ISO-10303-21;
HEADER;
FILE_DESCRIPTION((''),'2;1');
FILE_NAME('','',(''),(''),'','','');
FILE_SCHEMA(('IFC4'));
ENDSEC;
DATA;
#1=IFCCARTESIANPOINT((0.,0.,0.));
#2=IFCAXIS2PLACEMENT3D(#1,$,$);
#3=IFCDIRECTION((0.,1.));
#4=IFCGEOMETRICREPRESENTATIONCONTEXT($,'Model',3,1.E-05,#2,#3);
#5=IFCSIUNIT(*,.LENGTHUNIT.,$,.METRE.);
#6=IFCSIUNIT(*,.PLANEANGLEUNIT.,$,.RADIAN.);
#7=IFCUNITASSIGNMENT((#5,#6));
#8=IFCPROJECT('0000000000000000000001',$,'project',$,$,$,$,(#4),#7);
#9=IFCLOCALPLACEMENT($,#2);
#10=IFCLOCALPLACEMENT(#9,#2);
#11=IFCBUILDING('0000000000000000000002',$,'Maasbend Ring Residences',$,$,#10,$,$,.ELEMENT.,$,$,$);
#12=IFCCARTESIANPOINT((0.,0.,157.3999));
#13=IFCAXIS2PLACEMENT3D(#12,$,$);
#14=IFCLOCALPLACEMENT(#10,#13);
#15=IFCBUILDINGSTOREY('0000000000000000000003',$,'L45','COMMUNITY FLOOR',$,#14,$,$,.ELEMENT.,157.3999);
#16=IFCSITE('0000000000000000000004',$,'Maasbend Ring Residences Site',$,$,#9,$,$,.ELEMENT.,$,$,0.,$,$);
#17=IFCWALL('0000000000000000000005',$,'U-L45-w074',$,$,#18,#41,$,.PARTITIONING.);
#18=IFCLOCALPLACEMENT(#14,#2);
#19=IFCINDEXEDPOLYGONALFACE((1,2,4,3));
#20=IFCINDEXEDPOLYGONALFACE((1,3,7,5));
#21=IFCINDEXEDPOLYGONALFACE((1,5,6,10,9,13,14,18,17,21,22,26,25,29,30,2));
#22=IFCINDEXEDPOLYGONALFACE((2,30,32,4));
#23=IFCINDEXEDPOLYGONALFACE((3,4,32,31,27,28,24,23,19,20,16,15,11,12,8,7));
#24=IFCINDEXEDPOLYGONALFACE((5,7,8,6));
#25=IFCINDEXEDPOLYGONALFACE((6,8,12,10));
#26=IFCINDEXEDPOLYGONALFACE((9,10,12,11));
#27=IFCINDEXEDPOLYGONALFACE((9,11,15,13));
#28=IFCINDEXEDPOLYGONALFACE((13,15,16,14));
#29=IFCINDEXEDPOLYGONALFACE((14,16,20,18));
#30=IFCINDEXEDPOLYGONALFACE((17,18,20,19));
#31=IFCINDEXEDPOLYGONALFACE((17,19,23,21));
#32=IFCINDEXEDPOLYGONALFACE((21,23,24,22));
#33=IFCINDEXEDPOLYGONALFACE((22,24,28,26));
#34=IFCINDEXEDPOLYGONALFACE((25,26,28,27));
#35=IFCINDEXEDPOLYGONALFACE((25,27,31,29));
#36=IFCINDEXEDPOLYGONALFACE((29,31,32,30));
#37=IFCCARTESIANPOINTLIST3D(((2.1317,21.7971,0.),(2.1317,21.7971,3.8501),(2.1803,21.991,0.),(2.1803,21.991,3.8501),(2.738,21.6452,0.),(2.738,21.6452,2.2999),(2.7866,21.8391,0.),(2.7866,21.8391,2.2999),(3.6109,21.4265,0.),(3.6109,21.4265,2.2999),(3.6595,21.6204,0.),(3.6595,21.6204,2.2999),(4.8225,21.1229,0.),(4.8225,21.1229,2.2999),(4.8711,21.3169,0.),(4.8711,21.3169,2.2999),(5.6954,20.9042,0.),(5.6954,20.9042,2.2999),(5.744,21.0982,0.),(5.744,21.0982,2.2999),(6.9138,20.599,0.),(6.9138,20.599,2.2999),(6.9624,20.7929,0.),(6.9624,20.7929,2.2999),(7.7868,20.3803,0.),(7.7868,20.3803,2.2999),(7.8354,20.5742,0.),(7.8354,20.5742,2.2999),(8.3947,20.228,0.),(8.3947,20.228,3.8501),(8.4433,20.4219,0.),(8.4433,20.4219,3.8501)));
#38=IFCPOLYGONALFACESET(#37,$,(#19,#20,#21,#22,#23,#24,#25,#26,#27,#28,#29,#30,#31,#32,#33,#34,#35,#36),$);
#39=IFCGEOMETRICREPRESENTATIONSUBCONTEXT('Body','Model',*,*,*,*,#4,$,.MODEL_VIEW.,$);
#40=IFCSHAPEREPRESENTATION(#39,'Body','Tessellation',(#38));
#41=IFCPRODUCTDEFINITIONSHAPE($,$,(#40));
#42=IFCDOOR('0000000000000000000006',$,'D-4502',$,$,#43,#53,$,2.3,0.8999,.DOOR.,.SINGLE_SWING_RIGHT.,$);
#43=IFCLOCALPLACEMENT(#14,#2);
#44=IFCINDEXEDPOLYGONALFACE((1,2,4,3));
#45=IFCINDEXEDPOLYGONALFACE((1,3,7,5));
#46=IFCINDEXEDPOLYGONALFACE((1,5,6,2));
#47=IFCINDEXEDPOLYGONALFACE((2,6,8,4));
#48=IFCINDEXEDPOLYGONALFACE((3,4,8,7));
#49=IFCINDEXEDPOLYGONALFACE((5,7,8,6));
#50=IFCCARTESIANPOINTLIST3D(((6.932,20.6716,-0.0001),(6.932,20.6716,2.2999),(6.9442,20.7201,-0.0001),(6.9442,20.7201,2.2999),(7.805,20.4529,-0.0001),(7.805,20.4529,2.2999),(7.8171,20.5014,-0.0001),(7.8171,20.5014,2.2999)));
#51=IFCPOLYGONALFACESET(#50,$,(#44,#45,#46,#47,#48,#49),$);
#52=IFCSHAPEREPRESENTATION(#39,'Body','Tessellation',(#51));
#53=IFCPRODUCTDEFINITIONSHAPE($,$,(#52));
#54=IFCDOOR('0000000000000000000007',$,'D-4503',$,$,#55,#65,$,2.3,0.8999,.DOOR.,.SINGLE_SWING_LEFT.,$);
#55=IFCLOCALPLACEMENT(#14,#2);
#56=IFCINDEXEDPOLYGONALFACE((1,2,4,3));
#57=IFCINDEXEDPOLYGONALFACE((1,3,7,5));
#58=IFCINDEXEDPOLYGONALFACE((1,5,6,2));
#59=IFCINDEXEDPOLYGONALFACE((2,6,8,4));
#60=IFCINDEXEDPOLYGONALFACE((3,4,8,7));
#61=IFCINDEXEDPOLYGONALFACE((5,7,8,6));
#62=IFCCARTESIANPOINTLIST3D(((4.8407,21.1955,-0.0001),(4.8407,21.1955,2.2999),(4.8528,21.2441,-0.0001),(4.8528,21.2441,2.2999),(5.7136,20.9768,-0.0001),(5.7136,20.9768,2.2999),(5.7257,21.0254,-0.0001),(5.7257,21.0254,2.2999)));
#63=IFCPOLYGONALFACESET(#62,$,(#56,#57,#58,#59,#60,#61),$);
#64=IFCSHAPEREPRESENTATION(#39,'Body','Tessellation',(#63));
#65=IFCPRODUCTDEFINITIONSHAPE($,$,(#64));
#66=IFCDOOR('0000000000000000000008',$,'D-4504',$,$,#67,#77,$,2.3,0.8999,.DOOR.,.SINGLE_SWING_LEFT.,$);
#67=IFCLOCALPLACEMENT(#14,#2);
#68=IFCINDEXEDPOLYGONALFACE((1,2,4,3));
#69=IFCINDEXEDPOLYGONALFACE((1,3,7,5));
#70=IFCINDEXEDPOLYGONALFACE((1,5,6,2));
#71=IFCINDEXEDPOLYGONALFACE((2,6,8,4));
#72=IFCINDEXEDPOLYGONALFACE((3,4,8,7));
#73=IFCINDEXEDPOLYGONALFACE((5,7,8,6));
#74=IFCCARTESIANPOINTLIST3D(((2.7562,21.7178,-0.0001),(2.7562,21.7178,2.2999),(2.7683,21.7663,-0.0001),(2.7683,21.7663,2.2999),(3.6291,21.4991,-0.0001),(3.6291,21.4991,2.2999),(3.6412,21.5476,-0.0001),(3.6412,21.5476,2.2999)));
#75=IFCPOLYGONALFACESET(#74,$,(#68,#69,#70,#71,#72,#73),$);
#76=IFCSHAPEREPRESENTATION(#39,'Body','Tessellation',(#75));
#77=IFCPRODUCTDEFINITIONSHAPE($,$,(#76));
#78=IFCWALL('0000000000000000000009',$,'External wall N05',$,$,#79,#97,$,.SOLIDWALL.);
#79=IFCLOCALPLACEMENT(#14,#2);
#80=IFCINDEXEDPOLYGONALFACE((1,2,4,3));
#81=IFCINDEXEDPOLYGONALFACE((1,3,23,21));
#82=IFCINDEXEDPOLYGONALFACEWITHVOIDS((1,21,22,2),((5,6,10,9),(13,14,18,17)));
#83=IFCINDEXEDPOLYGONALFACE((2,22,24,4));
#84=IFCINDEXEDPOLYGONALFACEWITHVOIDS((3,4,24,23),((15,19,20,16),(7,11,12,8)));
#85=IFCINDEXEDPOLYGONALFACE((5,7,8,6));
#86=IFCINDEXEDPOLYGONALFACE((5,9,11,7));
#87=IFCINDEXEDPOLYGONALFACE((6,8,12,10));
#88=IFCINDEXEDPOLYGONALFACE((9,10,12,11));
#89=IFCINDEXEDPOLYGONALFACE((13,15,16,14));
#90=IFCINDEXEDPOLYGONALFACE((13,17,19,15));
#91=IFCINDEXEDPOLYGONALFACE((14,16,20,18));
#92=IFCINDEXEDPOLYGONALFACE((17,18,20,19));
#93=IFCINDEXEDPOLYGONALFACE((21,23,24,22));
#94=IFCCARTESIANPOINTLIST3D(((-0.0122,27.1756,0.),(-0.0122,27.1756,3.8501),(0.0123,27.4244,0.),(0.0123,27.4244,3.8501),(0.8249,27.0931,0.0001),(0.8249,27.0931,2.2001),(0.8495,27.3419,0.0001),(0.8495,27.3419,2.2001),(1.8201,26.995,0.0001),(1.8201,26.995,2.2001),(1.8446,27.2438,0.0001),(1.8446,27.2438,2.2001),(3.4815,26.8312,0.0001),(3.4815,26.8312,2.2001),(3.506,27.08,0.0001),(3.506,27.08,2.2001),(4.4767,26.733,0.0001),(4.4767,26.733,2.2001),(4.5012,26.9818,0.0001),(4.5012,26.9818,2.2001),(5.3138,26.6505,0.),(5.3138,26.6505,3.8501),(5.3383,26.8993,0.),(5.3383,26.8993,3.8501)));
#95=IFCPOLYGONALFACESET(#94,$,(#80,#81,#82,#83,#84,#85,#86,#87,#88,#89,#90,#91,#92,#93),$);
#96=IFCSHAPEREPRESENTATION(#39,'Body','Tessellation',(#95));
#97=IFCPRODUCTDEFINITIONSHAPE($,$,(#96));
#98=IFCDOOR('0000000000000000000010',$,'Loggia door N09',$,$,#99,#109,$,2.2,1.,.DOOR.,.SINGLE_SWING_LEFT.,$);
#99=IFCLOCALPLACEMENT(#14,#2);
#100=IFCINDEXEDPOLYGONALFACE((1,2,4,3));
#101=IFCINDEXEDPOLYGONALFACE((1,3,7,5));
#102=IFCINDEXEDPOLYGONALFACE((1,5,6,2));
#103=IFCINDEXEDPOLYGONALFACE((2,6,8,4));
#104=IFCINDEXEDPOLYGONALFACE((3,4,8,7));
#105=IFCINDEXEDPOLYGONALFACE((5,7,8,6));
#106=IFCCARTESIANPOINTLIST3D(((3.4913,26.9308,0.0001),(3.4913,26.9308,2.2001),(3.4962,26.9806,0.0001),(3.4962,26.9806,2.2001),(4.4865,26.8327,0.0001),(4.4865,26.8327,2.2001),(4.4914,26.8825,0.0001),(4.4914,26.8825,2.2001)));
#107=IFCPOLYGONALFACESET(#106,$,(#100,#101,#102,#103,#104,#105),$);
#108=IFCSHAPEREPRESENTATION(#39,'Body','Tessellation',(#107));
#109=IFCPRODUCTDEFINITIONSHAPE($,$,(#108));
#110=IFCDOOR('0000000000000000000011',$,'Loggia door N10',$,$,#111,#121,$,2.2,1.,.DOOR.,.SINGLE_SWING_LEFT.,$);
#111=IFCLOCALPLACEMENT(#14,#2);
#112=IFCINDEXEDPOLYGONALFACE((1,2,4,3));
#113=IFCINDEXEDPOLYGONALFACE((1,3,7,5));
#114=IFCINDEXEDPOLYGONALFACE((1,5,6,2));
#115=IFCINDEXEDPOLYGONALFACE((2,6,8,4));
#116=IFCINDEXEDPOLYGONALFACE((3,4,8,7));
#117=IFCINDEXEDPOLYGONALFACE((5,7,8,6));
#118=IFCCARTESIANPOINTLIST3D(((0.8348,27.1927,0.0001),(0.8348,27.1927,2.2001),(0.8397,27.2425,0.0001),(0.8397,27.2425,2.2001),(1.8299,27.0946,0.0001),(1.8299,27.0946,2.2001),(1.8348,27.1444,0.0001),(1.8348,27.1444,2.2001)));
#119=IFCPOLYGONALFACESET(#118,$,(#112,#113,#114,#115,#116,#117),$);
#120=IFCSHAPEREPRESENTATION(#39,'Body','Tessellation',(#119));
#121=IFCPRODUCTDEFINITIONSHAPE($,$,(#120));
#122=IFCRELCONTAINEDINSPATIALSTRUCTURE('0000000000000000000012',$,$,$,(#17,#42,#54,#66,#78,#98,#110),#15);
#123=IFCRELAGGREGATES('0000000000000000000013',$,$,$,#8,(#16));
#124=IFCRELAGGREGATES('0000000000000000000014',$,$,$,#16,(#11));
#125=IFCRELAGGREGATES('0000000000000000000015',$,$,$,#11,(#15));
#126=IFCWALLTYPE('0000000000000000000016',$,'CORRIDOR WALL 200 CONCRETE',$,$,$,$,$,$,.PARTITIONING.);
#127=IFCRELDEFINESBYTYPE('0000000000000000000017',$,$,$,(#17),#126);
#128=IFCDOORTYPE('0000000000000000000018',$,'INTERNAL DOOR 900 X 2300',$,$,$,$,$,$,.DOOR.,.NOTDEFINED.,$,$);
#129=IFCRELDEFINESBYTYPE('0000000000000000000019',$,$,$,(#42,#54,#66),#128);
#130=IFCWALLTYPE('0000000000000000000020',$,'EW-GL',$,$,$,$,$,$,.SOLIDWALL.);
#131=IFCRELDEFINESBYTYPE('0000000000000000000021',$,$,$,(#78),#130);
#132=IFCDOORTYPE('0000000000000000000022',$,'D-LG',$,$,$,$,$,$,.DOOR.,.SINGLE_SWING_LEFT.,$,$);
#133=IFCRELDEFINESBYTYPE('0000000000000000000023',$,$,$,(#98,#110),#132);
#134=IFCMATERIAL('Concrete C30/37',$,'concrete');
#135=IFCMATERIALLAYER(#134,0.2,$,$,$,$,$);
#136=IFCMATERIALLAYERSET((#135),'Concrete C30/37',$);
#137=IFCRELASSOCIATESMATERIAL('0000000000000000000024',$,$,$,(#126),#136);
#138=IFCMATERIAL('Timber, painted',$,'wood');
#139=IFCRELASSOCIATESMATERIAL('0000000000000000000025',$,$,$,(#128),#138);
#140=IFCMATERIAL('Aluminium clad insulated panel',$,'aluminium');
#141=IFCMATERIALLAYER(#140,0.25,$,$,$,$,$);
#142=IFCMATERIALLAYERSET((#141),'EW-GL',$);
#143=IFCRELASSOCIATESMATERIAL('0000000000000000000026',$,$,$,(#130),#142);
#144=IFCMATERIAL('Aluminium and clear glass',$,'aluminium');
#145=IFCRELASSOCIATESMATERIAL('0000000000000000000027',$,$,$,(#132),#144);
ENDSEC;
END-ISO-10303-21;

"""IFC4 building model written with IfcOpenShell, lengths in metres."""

from ifc_helpers import new_model, si_unit, direction, frame, frame_2d, origin, place, context, subcontext, project, spatial, rectangle, extrude, material, layer, layer_set, type_object, element, fill, save


model = new_model("IFC4")

# Units and contexts
model_context = context("Model", 3, precision=1e-05, world=origin(), true_north=direction((0.0, 1.0)))
body_context = subcontext(model_context, "Body", "Model", "MODEL_VIEW")
ifc_project = project(units=[si_unit("LENGTHUNIT", "METRE"), si_unit("PLANEANGLEUNIT", "RADIAN")], contexts=[model_context])

# Site, building, storey
site_placement = place(None, origin())
site = spatial("IfcSite", under=ifc_project, at=site_placement, Name="Maasbend Ring Residences Site", CompositionType="ELEMENT", RefElevation=0.0)
building_placement = place(site_placement, origin())
building = spatial("IfcBuilding", under=site, at=building_placement, Name="Maasbend Ring Residences", CompositionType="ELEMENT")
storey_placement = place(building_placement, frame((0.0, 0.0, 157.3999)))
storey = spatial("IfcBuildingStorey", under=building, at=storey_placement, Name="L45", Description="COMMUNITY FLOOR", CompositionType="ELEMENT", Elevation=157.3999)

# Shared definitions
ifc_material_1 = material(Name="Concrete C30/37", Category="concrete")
ifc_layer_1 = layer(ifc_material_1, 0.2)
ifc_layer_set_1 = layer_set([ifc_layer_1], Name="Concrete C30/37")
wall_type_1 = type_object("IfcWallType", Name="CORRIDOR WALL 200 CONCRETE", PredefinedType="PARTITIONING", material=ifc_layer_set_1)

# Walls, openings, doors
wall_1_placement = place(storey_placement, frame((2.156, 21.894, 0.0), z_axis=(0.0, 0.0, 1.0), x_axis=(0.97002, -0.243025, 0.0)))
wall_1 = element("IfcWall", 1, at=wall_1_placement, inside=storey, type_object=wall_type_1, Name="U-L45-w074", PredefinedType="PARTITIONING", context=body_context, shape_type="SweptSolid", body=[
    extrude(rectangle(XDim=6.4565, YDim=0.2, at=frame_2d((3.2283, 0.0))), origin(), (0.0, 0.0, 1.0), 3.8501),
])
opening_1_placement = place(wall_1_placement, frame((4.9299, 0.0, 0.0)))
opening_1 = element("IfcOpeningElement", 2, at=opening_1_placement, cuts=wall_1, PredefinedType="OPENING", context=body_context, shape_type="SweptSolid", body=[
    extrude(rectangle(XDim=0.8999, YDim=2.3, at=frame_2d((0.45, 1.1499))), frame((0.0, 0.1099, 0.0), z_axis=(0.0, -1.0, 0.0), x_axis=(1.0, 0.0, 0.0)), (0.0, 0.0, 1.0), 0.22),
])
opening_2_placement = place(wall_1_placement, frame((2.7739, 0.0, 0.0)))
opening_2 = element("IfcOpeningElement", 3, at=opening_2_placement, cuts=wall_1, PredefinedType="OPENING", context=body_context, shape_type="SweptSolid", body=[
    extrude(rectangle(XDim=0.8999, YDim=2.3, at=frame_2d((0.45, 1.1499))), frame((0.0, 0.1099, 0.0), z_axis=(0.0, -1.0, 0.0), x_axis=(1.0, 0.0, 0.0)), (0.0, 0.0, 1.0), 0.22),
])
opening_3_placement = place(wall_1_placement, frame((0.625, 0.0, 0.0)))
opening_3 = element("IfcOpeningElement", 4, at=opening_3_placement, cuts=wall_1, PredefinedType="OPENING", context=body_context, shape_type="SweptSolid", body=[
    extrude(rectangle(XDim=0.8999, YDim=2.3, at=frame_2d((0.45, 1.1499))), frame((0.0, 0.1099, 0.0), z_axis=(0.0, -1.0, 0.0), x_axis=(1.0, 0.0, 0.0)), (0.0, 0.0, 1.0), 0.22),
])
ifc_material_2 = material(Name="Timber, painted", Category="wood")
door_type_1 = type_object("IfcDoorType", Name="INTERNAL DOOR 900 X 2300", OperationType="NOTDEFINED", PredefinedType="DOOR", material=ifc_material_2)
door_1_placement = place(opening_1_placement, origin())
door_1 = element("IfcDoor", 5, at=door_1_placement, inside=storey, type_object=door_type_1, Name="D-4502", OperationType="SINGLE_SWING_RIGHT", OverallHeight=2.3, OverallWidth=0.8999, PredefinedType="DOOR", context=body_context, shape_type="SweptSolid", body=[
    extrude(rectangle(XDim=0.8999, YDim=2.3, at=frame_2d((0.45, 1.1499))), frame((0.0, 0.0249, 0.0), z_axis=(0.0, -1.0, 0.0), x_axis=(1.0, 0.0, 0.0)), (0.0, 0.0, 1.0), 0.05),
])
fill(opening_1, door_1)
door_2_placement = place(opening_2_placement, origin())
door_2 = element("IfcDoor", 6, at=door_2_placement, inside=storey, type_object=door_type_1, Name="D-4503", OperationType="SINGLE_SWING_LEFT", OverallHeight=2.3, OverallWidth=0.8999, PredefinedType="DOOR", context=body_context, shape_type="SweptSolid", body=[
    extrude(rectangle(XDim=0.8999, YDim=2.3, at=frame_2d((0.45, 1.1499))), frame((0.0, 0.0249, 0.0), z_axis=(0.0, -1.0, 0.0), x_axis=(1.0, 0.0, 0.0)), (0.0, 0.0, 1.0), 0.05),
])
fill(opening_2, door_2)
door_3_placement = place(opening_3_placement, origin())
door_3 = element("IfcDoor", 7, at=door_3_placement, inside=storey, type_object=door_type_1, Name="D-4504", OperationType="SINGLE_SWING_LEFT", OverallHeight=2.3, OverallWidth=0.8999, PredefinedType="DOOR", context=body_context, shape_type="SweptSolid", body=[
    extrude(rectangle(XDim=0.8999, YDim=2.3, at=frame_2d((0.45, 1.1499))), frame((0.0, 0.0249, 0.0), z_axis=(0.0, -1.0, 0.0), x_axis=(1.0, 0.0, 0.0)), (0.0, 0.0, 1.0), 0.05),
])
fill(opening_3, door_3)
ifc_material_3 = material(Name="Aluminium clad insulated panel", Category="aluminium")
ifc_layer_2 = layer(ifc_material_3, 0.25)
ifc_layer_set_2 = layer_set([ifc_layer_2], Name="EW-GL")
wall_type_2 = type_object("IfcWallType", Name="EW-GL", PredefinedType="SOLIDWALL", material=ifc_layer_set_2)
wall_2_placement = place(storey_placement, frame((5.3259, 26.7749, 0.0), z_axis=(0.0, 0.0, 1.0), x_axis=(-0.995174, 0.098126, 0.0)))
wall_2 = element("IfcWall", 8, at=wall_2_placement, inside=storey, type_object=wall_type_2, Name="External wall N05", PredefinedType="SOLIDWALL", context=body_context, shape_type="SweptSolid", body=[
    extrude(rectangle(XDim=5.3518, YDim=0.25, at=frame_2d((2.6758, 0.0))), origin(), (0.0, 0.0, 1.0), 3.8501),
])
opening_4_placement = place(wall_2_placement, frame((0.8411, 0.0, 0.0)))
opening_4 = element("IfcOpeningElement", 9, at=opening_4_placement, cuts=wall_2, PredefinedType="OPENING", context=body_context, shape_type="SweptSolid", body=[
    extrude(rectangle(XDim=1.0, YDim=2.2, at=frame_2d((0.5, 1.1001))), frame((0.0, 0.135, 0.0), z_axis=(0.0, -1.0, 0.0), x_axis=(1.0, 0.0, 0.0)), (0.0, 0.0, 1.0), 0.27),
])
opening_5_placement = place(wall_2_placement, frame((3.5105, 0.0, 0.0)))
opening_5 = element("IfcOpeningElement", 10, at=opening_5_placement, cuts=wall_2, PredefinedType="OPENING", context=body_context, shape_type="SweptSolid", body=[
    extrude(rectangle(XDim=1.0, YDim=2.2, at=frame_2d((0.5, 1.1001))), frame((0.0, 0.135, 0.0), z_axis=(0.0, -1.0, 0.0), x_axis=(1.0, 0.0, 0.0)), (0.0, 0.0, 1.0), 0.27),
])
ifc_material_4 = material(Name="Aluminium and clear glass", Category="aluminium")
door_type_2 = type_object("IfcDoorType", Name="D-LG", OperationType="SINGLE_SWING_LEFT", PredefinedType="DOOR", material=ifc_material_4)
door_4_placement = place(opening_4_placement, origin())
door_4 = element("IfcDoor", 11, at=door_4_placement, inside=storey, type_object=door_type_2, Name="Loggia door N09", OperationType="SINGLE_SWING_LEFT", OverallHeight=2.2, OverallWidth=1.0, PredefinedType="DOOR", context=body_context, shape_type="SweptSolid", body=[
    extrude(rectangle(XDim=1.0, YDim=2.2, at=frame_2d((0.5, 1.1001))), frame((0.0, 0.0249, 0.0), z_axis=(0.0, -1.0, 0.0), x_axis=(1.0, 0.0, 0.0)), (0.0, 0.0, 1.0), 0.05),
])
fill(opening_4, door_4)
door_5_placement = place(opening_5_placement, origin())
door_5 = element("IfcDoor", 12, at=door_5_placement, inside=storey, type_object=door_type_2, Name="Loggia door N10", OperationType="SINGLE_SWING_LEFT", OverallHeight=2.2, OverallWidth=1.0, PredefinedType="DOOR", context=body_context, shape_type="SweptSolid", body=[
    extrude(rectangle(XDim=1.0, YDim=2.2, at=frame_2d((0.5, 1.1001))), frame((0.0, 0.0249, 0.0), z_axis=(0.0, -1.0, 0.0), x_axis=(1.0, 0.0, 0.0)), (0.0, 0.0, 1.0), 0.05),
])
fill(opening_5, door_5)

save(model, "model.ifc")
